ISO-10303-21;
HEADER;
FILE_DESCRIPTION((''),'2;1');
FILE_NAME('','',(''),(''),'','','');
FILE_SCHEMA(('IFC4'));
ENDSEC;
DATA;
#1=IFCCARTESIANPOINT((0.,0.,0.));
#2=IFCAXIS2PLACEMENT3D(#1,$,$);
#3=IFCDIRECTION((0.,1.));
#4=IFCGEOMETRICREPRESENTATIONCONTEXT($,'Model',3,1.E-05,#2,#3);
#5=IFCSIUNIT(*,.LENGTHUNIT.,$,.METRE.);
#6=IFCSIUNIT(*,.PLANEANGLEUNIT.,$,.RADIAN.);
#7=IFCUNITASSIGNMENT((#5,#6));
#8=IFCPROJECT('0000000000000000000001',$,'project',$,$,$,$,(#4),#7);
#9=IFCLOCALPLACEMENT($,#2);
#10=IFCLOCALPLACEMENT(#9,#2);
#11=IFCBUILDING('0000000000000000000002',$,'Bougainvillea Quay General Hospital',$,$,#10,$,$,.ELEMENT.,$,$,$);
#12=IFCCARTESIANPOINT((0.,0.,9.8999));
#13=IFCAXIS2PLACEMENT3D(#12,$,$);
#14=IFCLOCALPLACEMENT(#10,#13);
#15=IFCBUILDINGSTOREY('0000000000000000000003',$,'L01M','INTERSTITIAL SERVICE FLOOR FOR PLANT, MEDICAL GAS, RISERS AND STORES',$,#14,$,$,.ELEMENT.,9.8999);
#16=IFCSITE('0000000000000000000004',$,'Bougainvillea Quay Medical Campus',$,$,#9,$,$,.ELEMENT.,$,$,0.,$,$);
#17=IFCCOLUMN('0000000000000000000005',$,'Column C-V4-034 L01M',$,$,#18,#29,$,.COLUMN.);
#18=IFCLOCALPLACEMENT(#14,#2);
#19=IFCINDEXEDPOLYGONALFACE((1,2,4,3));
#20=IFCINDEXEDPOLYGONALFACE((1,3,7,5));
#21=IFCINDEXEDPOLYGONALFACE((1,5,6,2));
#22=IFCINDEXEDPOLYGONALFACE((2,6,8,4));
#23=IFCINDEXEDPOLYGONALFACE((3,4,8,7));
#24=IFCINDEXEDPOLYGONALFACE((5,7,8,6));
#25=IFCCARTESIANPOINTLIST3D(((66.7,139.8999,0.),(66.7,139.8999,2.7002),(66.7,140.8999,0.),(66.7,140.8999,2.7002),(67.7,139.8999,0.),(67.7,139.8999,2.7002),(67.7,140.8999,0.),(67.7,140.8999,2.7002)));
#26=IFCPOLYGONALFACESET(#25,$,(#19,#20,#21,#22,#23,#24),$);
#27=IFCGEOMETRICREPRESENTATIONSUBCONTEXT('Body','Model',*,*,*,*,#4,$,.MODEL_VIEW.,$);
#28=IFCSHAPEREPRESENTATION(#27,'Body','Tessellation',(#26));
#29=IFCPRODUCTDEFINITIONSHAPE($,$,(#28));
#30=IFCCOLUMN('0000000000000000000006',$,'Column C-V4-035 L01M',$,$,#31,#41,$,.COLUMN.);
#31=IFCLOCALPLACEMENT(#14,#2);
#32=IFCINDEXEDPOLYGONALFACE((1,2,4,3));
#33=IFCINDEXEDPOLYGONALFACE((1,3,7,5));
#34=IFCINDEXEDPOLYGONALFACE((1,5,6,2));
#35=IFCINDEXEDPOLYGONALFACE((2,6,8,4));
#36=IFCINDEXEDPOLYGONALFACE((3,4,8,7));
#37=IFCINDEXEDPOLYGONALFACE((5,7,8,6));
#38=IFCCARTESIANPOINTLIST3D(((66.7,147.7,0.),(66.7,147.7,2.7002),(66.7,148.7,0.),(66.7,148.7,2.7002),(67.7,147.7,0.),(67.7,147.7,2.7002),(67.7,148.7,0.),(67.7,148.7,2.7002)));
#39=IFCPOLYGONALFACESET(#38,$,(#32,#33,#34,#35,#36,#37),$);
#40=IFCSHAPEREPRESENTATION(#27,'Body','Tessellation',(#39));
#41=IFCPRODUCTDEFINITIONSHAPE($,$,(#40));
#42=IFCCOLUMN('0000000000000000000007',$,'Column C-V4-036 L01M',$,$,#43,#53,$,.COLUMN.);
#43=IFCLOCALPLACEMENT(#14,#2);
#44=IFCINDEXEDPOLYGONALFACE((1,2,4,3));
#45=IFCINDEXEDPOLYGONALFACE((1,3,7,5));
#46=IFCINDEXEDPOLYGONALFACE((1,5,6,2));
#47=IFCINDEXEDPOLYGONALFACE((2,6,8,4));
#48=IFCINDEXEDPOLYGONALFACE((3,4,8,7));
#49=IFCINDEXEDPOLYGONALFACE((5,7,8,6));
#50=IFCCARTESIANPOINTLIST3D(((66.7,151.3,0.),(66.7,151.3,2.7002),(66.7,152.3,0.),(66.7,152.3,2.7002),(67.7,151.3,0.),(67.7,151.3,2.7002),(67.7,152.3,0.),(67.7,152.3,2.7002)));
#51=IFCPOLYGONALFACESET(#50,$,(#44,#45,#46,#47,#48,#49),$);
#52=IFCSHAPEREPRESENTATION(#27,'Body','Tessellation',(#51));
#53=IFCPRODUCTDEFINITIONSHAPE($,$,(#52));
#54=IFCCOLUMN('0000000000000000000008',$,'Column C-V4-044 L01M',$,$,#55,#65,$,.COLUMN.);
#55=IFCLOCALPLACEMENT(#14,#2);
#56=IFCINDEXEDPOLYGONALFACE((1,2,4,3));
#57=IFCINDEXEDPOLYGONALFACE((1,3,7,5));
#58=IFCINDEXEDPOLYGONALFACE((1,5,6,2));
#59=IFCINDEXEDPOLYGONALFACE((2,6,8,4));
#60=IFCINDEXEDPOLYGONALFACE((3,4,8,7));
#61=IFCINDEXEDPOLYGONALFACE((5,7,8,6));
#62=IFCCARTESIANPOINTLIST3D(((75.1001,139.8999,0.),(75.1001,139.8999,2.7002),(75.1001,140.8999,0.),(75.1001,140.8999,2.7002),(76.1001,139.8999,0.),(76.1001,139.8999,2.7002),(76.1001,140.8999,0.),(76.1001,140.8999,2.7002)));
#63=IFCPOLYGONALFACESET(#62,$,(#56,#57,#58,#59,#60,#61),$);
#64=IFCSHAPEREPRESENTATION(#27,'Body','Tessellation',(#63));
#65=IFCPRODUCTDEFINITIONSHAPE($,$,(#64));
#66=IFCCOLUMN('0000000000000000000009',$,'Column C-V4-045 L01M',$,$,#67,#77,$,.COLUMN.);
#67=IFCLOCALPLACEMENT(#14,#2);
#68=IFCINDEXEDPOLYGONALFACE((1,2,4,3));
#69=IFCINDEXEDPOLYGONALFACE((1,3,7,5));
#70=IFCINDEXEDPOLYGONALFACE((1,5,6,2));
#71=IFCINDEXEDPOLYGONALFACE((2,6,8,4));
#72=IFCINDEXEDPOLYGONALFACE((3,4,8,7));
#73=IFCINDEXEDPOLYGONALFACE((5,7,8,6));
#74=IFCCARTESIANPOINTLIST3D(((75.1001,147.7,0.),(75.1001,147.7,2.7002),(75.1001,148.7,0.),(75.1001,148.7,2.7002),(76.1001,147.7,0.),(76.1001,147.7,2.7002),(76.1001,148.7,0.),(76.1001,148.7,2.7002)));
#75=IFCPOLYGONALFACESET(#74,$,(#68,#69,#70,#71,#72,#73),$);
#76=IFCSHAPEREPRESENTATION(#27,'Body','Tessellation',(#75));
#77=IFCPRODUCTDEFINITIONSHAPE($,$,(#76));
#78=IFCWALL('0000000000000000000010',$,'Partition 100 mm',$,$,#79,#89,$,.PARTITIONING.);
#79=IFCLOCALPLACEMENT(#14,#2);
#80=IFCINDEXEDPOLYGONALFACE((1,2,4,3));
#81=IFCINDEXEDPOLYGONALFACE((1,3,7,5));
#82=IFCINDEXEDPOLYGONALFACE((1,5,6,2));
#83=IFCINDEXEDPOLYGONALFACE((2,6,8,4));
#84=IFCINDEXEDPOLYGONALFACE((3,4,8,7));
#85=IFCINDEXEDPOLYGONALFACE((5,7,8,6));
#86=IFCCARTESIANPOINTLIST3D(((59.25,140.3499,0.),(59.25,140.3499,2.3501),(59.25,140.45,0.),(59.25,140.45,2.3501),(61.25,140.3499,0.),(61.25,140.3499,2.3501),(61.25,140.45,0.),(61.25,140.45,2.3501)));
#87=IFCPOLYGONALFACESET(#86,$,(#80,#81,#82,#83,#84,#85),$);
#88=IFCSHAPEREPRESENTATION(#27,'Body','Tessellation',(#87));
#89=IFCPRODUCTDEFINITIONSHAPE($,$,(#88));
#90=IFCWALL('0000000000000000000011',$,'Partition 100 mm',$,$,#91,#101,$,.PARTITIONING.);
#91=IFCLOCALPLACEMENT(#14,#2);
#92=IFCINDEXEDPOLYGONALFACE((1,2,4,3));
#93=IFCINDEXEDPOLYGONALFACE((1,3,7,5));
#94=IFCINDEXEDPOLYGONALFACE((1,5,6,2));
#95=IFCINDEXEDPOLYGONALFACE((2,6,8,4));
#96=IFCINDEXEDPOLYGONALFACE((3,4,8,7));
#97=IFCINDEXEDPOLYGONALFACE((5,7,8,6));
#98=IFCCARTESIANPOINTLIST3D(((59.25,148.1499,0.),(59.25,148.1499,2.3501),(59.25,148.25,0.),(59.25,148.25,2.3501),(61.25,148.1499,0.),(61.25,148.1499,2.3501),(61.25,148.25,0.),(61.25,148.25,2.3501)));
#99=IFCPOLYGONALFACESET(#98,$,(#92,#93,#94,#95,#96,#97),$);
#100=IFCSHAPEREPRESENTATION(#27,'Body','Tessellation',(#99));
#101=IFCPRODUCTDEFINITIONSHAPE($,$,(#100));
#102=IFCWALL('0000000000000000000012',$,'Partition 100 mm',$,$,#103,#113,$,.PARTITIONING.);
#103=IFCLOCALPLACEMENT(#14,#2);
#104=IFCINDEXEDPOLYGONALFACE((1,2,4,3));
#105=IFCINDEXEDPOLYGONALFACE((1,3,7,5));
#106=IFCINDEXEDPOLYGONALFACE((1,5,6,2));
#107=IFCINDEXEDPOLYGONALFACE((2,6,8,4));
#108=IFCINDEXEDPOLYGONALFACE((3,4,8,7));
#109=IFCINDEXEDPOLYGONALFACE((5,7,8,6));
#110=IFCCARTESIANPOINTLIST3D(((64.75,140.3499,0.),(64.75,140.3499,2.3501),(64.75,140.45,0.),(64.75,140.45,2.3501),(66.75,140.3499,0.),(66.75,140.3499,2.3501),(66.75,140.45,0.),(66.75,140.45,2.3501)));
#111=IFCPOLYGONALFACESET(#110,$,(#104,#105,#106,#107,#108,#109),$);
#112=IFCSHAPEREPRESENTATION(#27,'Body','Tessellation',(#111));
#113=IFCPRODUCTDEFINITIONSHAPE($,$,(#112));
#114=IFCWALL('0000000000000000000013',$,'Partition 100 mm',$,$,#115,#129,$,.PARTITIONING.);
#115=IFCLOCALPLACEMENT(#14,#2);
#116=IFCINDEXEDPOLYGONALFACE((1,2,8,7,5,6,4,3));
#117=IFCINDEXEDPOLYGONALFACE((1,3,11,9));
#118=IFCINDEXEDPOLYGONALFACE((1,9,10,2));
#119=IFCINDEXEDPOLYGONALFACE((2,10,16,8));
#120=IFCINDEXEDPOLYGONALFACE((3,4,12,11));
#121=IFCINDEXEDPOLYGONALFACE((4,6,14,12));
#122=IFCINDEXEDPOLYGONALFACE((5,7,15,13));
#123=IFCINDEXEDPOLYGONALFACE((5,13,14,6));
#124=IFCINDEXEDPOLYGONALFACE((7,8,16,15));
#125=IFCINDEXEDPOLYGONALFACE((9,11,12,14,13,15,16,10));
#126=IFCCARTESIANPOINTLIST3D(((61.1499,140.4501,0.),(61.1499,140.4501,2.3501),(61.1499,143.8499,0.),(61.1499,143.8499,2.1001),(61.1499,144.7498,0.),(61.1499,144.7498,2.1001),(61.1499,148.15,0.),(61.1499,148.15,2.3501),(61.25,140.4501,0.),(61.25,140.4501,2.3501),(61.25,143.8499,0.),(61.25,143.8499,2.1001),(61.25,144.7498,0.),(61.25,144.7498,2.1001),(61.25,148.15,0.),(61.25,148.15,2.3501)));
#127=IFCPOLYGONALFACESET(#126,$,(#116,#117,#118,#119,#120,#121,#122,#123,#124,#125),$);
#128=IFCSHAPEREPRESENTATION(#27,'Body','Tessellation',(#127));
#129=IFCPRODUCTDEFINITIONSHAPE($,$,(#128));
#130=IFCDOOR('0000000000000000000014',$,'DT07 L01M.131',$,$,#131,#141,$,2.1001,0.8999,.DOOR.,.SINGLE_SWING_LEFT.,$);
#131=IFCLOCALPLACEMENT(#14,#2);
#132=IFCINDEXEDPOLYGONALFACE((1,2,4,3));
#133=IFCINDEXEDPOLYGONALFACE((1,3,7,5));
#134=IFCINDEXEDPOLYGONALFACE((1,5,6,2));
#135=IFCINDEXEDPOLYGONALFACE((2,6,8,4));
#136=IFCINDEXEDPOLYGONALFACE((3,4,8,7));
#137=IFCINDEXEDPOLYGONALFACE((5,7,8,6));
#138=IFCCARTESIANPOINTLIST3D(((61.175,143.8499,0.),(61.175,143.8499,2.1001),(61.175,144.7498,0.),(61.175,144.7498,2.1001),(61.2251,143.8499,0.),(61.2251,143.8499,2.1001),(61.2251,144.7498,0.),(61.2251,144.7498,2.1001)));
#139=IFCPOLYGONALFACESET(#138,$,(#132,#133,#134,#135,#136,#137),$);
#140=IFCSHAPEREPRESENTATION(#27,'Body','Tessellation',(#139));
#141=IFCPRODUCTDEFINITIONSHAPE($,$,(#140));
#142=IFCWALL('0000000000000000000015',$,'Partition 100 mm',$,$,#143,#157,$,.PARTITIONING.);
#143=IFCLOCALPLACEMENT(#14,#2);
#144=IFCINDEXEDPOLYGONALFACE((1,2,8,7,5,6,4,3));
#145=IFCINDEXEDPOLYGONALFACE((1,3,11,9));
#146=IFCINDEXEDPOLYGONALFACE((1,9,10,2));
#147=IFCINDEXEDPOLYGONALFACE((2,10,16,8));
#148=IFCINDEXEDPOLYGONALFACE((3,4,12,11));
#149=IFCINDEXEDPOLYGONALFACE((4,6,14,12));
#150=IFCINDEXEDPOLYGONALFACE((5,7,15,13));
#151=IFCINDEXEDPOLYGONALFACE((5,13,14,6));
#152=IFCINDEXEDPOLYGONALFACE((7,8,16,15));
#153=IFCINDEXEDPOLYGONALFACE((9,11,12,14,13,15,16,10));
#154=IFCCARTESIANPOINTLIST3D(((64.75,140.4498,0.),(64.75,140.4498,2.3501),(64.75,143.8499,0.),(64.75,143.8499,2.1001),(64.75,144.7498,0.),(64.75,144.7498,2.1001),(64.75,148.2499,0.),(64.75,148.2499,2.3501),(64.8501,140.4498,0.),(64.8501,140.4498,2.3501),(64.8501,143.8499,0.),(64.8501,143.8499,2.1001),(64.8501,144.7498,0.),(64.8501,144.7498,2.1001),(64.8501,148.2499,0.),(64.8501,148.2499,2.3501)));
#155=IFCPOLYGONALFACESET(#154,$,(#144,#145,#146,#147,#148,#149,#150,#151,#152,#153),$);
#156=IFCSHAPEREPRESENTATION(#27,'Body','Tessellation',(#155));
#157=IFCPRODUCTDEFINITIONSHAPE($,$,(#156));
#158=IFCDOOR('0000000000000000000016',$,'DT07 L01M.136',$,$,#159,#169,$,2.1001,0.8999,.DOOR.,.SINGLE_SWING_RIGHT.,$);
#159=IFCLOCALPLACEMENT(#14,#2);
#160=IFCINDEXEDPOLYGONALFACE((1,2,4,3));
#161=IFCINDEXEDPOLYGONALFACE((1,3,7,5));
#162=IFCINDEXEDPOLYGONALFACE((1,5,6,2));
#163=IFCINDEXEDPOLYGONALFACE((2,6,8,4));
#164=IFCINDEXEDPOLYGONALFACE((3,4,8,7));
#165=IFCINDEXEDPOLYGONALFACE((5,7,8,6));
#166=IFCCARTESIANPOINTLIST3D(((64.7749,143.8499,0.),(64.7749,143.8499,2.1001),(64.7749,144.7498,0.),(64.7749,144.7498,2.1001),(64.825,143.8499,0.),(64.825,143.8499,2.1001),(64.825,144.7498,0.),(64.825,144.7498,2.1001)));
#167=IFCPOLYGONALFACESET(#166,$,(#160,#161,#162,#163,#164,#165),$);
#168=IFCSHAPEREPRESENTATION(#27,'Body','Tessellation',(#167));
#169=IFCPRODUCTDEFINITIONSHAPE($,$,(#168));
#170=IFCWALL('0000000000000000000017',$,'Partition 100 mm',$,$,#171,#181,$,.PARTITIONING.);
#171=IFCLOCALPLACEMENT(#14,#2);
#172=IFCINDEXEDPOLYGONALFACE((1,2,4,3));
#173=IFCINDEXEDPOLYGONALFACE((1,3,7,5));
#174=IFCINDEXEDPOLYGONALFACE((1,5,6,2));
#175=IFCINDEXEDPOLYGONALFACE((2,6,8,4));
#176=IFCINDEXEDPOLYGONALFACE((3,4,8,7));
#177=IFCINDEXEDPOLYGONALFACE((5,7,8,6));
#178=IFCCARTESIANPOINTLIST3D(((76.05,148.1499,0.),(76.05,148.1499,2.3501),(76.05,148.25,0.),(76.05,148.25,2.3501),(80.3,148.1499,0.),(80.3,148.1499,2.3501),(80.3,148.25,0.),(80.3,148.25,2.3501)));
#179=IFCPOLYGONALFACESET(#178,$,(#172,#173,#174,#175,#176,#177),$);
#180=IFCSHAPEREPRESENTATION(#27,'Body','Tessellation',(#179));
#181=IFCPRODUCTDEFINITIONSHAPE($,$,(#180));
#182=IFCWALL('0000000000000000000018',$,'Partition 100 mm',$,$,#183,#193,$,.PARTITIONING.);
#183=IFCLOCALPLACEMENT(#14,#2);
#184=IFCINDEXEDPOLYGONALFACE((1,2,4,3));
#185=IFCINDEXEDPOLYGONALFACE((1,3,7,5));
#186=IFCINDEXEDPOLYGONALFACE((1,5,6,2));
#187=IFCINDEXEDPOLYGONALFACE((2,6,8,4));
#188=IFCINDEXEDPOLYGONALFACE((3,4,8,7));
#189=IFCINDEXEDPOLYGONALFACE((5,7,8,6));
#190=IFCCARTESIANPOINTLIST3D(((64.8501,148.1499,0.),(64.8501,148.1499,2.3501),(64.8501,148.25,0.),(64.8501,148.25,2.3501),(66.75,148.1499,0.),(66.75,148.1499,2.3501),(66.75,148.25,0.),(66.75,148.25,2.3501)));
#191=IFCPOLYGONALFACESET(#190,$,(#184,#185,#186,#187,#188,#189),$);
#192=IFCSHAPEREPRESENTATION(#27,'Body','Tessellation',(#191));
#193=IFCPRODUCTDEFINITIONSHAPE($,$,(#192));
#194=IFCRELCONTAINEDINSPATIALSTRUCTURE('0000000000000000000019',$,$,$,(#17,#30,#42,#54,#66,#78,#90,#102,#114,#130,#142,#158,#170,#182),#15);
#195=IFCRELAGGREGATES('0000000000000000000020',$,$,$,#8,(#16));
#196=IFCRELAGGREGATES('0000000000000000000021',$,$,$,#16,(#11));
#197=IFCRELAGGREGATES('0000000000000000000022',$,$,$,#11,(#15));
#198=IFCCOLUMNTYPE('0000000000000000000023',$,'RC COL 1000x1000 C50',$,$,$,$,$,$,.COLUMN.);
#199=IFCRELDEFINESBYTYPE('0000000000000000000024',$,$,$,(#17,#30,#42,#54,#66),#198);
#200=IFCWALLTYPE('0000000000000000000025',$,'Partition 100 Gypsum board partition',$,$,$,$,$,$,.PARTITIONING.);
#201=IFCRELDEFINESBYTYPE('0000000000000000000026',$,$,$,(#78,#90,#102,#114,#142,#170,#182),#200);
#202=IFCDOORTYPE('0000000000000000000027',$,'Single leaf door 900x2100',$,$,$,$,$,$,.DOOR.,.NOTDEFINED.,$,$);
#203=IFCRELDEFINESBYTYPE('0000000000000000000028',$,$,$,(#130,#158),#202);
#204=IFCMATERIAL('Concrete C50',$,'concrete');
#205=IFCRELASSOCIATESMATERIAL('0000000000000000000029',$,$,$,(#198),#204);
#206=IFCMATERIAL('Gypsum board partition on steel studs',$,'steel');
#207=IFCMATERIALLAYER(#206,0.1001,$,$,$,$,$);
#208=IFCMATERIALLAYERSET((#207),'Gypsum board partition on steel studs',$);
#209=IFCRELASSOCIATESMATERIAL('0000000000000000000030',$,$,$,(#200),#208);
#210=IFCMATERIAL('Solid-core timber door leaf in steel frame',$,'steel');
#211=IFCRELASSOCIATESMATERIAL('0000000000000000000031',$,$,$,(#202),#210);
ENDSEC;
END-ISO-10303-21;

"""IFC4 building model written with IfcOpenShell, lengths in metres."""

from ifc_helpers import new_model, si_unit, direction, frame, frame_2d, origin, origin_2d, place, context, subcontext, project, spatial, rectangle, extrude, material, layer, layer_set, material_profile, profile_set, type_object, element, fill, save


model = new_model("IFC4")

# Units and contexts
model_context = context("Model", 3, precision=1e-05, world=origin(), true_north=direction((0.0, 1.0)))
body_context = subcontext(model_context, "Body", "Model", "MODEL_VIEW")
ifc_project = project(units=[si_unit("LENGTHUNIT", "METRE"), si_unit("PLANEANGLEUNIT", "RADIAN")], contexts=[model_context])

# Site, building, storey
site_placement = place(None, origin())
site = spatial("IfcSite", under=ifc_project, at=site_placement, Name="Bougainvillea Quay Medical Campus", CompositionType="ELEMENT", RefElevation=0.0)
building_placement = place(site_placement, origin())
building = spatial("IfcBuilding", under=site, at=building_placement, Name="Bougainvillea Quay General Hospital", CompositionType="ELEMENT")
storey_placement = place(building_placement, frame((0.0, 0.0, 9.8999)))
storey = spatial("IfcBuildingStorey", under=building, at=storey_placement, Name="L01M", Description="INTERSTITIAL SERVICE FLOOR FOR PLANT, MEDICAL GAS, RISERS AND STORES", CompositionType="ELEMENT", Elevation=9.8999)

# Columns
ifc_material_1 = material(Name="Concrete C50", Category="concrete")
ifc_material_profile = material_profile(ifc_material_1, rectangle(XDim=1.0, YDim=1.0, at=origin_2d()))
ifc_profile_set = profile_set([ifc_material_profile], Name="Concrete C50")
column_type = type_object("IfcColumnType", Name="RC COL 1000x1000 C50", PredefinedType="COLUMN", material=ifc_profile_set)
for number, where, z_axis, x_axis, name in (
    (1, (67.2, 140.3999, 0.0), (0.0, 0.0, 1.0), (1.0, 0.0, 0.0), "Column C-V4-034 L01M"),
    (2, (67.2, 148.2, 0.0), (0.0, 0.0, 1.0), (1.0, 0.0, 0.0), "Column C-V4-035 L01M"),
    (3, (67.2, 151.8, 0.0), (0.0, 0.0, 1.0), (1.0, 0.0, 0.0), "Column C-V4-036 L01M"),
    (4, (75.6001, 140.3999, 0.0), (0.0, 0.0, 1.0), (1.0, 0.0, 0.0), "Column C-V4-044 L01M"),
    (5, (75.6001, 148.2, 0.0), (0.0, 0.0, 1.0), (1.0, 0.0, 0.0), "Column C-V4-045 L01M"),
):
    element("IfcColumn", number, at=place(storey_placement, frame(where, z_axis=z_axis, x_axis=x_axis)), inside=storey, type_object=column_type, Name=name, PredefinedType="COLUMN", context=body_context, shape_type="SweptSolid", body=[
        extrude(rectangle(XDim=1.0, YDim=1.0, at=origin_2d()), origin(), (0.0, 0.0, 1.0), 2.7002),
    ])

# Walls
ifc_material_2 = material(Name="Gypsum board partition on steel studs", Category="steel")
ifc_layer_1 = layer(ifc_material_2, 0.1001)
ifc_layer_set_1 = layer_set([ifc_layer_1], Name="Gypsum board partition on steel studs")
wall_type_1 = type_object("IfcWallType", Name="Partition 100 Gypsum board partition", PredefinedType="PARTITIONING", material=ifc_layer_set_1)
for number, where, z_axis, x_axis, name in (
    (6, (61.25, 140.3999, 0.0), (0.0, 0.0, 1.0), (-1.0, 0.0, 0.0), "Partition 100 mm"),
    (7, (61.25, 148.2, 0.0), (0.0, 0.0, 1.0), (-1.0, 0.0, 0.0), "Partition 100 mm"),
    (8, (66.75, 140.3999, 0.0), (0.0, 0.0, 1.0), (-1.0, 0.0, 0.0), "Partition 100 mm"),
):
    element("IfcWall", number, at=place(storey_placement, frame(where, z_axis=z_axis, x_axis=x_axis)), inside=storey, type_object=wall_type_1, Name=name, PredefinedType="PARTITIONING", context=body_context, shape_type="SweptSolid", body=[
        extrude(rectangle(XDim=2.0, YDim=0.1001, at=frame_2d((1.0, 0.0))), origin(), (0.0, 0.0, 1.0), 2.3501),
    ])

# Walls, openings, doors
wall_1_placement = place(storey_placement, frame((61.2, 140.45, 0.0), z_axis=(0.0, 0.0, 1.0), x_axis=(0.0, 1.0, 0.0)))
wall_1 = element("IfcWall", 9, at=wall_1_placement, inside=storey, type_object=wall_type_1, Name="Partition 100 mm", PredefinedType="PARTITIONING", context=body_context, shape_type="SweptSolid", body=[
    extrude(rectangle(XDim=7.7, YDim=0.1001, at=frame_2d((3.8501, 0.0))), origin(), (0.0, 0.0, 1.0), 2.3501),
])
opening_1_placement = place(wall_1_placement, frame((3.3999, 0.0, 0.0)))
opening_1 = element("IfcOpeningElement", 10, at=opening_1_placement, cuts=wall_1, PredefinedType="OPENING", context=body_context, shape_type="SweptSolid", body=[
    extrude(rectangle(XDim=0.8999, YDim=2.1001, at=frame_2d((0.45, 1.05))), frame((0.0, 0.0601, 0.0), z_axis=(0.0, -1.0, 0.0), x_axis=(1.0, 0.0, 0.0)), (0.0, 0.0, 1.0), 0.1201),
])
ifc_material_3 = material(Name="Solid-core timber door leaf in steel frame", Category="steel")
door_type_1 = type_object("IfcDoorType", Name="Single leaf door 900x2100", OperationType="NOTDEFINED", PredefinedType="DOOR", material=ifc_material_3)
door_1_placement = place(opening_1_placement, origin())
door_1 = element("IfcDoor", 11, at=door_1_placement, inside=storey, type_object=door_type_1, Name="DT07 L01M.131", OperationType="SINGLE_SWING_LEFT", OverallHeight=2.1001, OverallWidth=0.8999, PredefinedType="DOOR", context=body_context, shape_type="SweptSolid", body=[
    extrude(rectangle(XDim=0.8999, YDim=2.1001, at=frame_2d((0.45, 1.05))), frame((0.0, 0.0249, 0.0), z_axis=(0.0, -1.0, 0.0), x_axis=(1.0, 0.0, 0.0)), (0.0, 0.0, 1.0), 0.05),
])
fill(opening_1, door_1)
wall_2_placement = place(storey_placement, frame((64.8, 140.45, 0.0), z_axis=(0.0, 0.0, 1.0), x_axis=(0.0, 1.0, 0.0)))
wall_2 = element("IfcWall", 12, at=wall_2_placement, inside=storey, type_object=wall_type_1, Name="Partition 100 mm", PredefinedType="PARTITIONING", context=body_context, shape_type="SweptSolid", body=[
    extrude(rectangle(XDim=7.8, YDim=0.1001, at=frame_2d((3.8999, 0.0))), origin(), (0.0, 0.0, 1.0), 2.3501),
])
opening_2_placement = place(wall_2_placement, frame((3.3999, 0.0, 0.0)))
opening_2 = element("IfcOpeningElement", 13, at=opening_2_placement, cuts=wall_2, PredefinedType="OPENING", context=body_context, shape_type="SweptSolid", body=[
    extrude(rectangle(XDim=0.8999, YDim=2.1001, at=frame_2d((0.45, 1.05))), frame((0.0, 0.0601, 0.0), z_axis=(0.0, -1.0, 0.0), x_axis=(1.0, 0.0, 0.0)), (0.0, 0.0, 1.0), 0.1201),
])
door_2_placement = place(opening_2_placement, frame((0.8999, 0.0, 0.0), z_axis=(0.0, 0.0, 1.0), x_axis=(-1.0, 0.0, 0.0)))
door_2 = element("IfcDoor", 14, at=door_2_placement, inside=storey, type_object=door_type_1, Name="DT07 L01M.136", OperationType="SINGLE_SWING_RIGHT", OverallHeight=2.1001, OverallWidth=0.8999, PredefinedType="DOOR", context=body_context, shape_type="SweptSolid", body=[
    extrude(rectangle(XDim=0.8999, YDim=2.1001, at=frame_2d((0.45, 1.05))), frame((0.0, 0.0249, 0.0), z_axis=(0.0, -1.0, 0.0), x_axis=(1.0, 0.0, 0.0)), (0.0, 0.0, 1.0), 0.05),
])
fill(opening_2, door_2)

# Walls
wall_3_placement = place(storey_placement, frame((76.05, 148.2, 0.0), z_axis=(0.0, 0.0, 1.0), x_axis=(1.0, 0.0, 0.0)))
element("IfcWall", 15, at=wall_3_placement, inside=storey, type_object=wall_type_1, Name="Partition 100 mm", PredefinedType="PARTITIONING", context=body_context, shape_type="SweptSolid", body=[
    extrude(rectangle(XDim=4.25, YDim=0.1001, at=frame_2d((2.125, 0.0))), origin(), (0.0, 0.0, 1.0), 2.3501),
])
wall_4_placement = place(storey_placement, frame((64.8501, 148.2, 0.0), z_axis=(0.0, 0.0, 1.0), x_axis=(1.0, 0.0, 0.0)))
element("IfcWall", 16, at=wall_4_placement, inside=storey, type_object=wall_type_1, Name="Partition 100 mm", PredefinedType="PARTITIONING", context=body_context, shape_type="SweptSolid", body=[
    extrude(rectangle(XDim=1.8999, YDim=0.1001, at=frame_2d((0.95, 0.0))), origin(), (0.0, 0.0, 1.0), 2.3501),
])

save(model, "model.ifc")
